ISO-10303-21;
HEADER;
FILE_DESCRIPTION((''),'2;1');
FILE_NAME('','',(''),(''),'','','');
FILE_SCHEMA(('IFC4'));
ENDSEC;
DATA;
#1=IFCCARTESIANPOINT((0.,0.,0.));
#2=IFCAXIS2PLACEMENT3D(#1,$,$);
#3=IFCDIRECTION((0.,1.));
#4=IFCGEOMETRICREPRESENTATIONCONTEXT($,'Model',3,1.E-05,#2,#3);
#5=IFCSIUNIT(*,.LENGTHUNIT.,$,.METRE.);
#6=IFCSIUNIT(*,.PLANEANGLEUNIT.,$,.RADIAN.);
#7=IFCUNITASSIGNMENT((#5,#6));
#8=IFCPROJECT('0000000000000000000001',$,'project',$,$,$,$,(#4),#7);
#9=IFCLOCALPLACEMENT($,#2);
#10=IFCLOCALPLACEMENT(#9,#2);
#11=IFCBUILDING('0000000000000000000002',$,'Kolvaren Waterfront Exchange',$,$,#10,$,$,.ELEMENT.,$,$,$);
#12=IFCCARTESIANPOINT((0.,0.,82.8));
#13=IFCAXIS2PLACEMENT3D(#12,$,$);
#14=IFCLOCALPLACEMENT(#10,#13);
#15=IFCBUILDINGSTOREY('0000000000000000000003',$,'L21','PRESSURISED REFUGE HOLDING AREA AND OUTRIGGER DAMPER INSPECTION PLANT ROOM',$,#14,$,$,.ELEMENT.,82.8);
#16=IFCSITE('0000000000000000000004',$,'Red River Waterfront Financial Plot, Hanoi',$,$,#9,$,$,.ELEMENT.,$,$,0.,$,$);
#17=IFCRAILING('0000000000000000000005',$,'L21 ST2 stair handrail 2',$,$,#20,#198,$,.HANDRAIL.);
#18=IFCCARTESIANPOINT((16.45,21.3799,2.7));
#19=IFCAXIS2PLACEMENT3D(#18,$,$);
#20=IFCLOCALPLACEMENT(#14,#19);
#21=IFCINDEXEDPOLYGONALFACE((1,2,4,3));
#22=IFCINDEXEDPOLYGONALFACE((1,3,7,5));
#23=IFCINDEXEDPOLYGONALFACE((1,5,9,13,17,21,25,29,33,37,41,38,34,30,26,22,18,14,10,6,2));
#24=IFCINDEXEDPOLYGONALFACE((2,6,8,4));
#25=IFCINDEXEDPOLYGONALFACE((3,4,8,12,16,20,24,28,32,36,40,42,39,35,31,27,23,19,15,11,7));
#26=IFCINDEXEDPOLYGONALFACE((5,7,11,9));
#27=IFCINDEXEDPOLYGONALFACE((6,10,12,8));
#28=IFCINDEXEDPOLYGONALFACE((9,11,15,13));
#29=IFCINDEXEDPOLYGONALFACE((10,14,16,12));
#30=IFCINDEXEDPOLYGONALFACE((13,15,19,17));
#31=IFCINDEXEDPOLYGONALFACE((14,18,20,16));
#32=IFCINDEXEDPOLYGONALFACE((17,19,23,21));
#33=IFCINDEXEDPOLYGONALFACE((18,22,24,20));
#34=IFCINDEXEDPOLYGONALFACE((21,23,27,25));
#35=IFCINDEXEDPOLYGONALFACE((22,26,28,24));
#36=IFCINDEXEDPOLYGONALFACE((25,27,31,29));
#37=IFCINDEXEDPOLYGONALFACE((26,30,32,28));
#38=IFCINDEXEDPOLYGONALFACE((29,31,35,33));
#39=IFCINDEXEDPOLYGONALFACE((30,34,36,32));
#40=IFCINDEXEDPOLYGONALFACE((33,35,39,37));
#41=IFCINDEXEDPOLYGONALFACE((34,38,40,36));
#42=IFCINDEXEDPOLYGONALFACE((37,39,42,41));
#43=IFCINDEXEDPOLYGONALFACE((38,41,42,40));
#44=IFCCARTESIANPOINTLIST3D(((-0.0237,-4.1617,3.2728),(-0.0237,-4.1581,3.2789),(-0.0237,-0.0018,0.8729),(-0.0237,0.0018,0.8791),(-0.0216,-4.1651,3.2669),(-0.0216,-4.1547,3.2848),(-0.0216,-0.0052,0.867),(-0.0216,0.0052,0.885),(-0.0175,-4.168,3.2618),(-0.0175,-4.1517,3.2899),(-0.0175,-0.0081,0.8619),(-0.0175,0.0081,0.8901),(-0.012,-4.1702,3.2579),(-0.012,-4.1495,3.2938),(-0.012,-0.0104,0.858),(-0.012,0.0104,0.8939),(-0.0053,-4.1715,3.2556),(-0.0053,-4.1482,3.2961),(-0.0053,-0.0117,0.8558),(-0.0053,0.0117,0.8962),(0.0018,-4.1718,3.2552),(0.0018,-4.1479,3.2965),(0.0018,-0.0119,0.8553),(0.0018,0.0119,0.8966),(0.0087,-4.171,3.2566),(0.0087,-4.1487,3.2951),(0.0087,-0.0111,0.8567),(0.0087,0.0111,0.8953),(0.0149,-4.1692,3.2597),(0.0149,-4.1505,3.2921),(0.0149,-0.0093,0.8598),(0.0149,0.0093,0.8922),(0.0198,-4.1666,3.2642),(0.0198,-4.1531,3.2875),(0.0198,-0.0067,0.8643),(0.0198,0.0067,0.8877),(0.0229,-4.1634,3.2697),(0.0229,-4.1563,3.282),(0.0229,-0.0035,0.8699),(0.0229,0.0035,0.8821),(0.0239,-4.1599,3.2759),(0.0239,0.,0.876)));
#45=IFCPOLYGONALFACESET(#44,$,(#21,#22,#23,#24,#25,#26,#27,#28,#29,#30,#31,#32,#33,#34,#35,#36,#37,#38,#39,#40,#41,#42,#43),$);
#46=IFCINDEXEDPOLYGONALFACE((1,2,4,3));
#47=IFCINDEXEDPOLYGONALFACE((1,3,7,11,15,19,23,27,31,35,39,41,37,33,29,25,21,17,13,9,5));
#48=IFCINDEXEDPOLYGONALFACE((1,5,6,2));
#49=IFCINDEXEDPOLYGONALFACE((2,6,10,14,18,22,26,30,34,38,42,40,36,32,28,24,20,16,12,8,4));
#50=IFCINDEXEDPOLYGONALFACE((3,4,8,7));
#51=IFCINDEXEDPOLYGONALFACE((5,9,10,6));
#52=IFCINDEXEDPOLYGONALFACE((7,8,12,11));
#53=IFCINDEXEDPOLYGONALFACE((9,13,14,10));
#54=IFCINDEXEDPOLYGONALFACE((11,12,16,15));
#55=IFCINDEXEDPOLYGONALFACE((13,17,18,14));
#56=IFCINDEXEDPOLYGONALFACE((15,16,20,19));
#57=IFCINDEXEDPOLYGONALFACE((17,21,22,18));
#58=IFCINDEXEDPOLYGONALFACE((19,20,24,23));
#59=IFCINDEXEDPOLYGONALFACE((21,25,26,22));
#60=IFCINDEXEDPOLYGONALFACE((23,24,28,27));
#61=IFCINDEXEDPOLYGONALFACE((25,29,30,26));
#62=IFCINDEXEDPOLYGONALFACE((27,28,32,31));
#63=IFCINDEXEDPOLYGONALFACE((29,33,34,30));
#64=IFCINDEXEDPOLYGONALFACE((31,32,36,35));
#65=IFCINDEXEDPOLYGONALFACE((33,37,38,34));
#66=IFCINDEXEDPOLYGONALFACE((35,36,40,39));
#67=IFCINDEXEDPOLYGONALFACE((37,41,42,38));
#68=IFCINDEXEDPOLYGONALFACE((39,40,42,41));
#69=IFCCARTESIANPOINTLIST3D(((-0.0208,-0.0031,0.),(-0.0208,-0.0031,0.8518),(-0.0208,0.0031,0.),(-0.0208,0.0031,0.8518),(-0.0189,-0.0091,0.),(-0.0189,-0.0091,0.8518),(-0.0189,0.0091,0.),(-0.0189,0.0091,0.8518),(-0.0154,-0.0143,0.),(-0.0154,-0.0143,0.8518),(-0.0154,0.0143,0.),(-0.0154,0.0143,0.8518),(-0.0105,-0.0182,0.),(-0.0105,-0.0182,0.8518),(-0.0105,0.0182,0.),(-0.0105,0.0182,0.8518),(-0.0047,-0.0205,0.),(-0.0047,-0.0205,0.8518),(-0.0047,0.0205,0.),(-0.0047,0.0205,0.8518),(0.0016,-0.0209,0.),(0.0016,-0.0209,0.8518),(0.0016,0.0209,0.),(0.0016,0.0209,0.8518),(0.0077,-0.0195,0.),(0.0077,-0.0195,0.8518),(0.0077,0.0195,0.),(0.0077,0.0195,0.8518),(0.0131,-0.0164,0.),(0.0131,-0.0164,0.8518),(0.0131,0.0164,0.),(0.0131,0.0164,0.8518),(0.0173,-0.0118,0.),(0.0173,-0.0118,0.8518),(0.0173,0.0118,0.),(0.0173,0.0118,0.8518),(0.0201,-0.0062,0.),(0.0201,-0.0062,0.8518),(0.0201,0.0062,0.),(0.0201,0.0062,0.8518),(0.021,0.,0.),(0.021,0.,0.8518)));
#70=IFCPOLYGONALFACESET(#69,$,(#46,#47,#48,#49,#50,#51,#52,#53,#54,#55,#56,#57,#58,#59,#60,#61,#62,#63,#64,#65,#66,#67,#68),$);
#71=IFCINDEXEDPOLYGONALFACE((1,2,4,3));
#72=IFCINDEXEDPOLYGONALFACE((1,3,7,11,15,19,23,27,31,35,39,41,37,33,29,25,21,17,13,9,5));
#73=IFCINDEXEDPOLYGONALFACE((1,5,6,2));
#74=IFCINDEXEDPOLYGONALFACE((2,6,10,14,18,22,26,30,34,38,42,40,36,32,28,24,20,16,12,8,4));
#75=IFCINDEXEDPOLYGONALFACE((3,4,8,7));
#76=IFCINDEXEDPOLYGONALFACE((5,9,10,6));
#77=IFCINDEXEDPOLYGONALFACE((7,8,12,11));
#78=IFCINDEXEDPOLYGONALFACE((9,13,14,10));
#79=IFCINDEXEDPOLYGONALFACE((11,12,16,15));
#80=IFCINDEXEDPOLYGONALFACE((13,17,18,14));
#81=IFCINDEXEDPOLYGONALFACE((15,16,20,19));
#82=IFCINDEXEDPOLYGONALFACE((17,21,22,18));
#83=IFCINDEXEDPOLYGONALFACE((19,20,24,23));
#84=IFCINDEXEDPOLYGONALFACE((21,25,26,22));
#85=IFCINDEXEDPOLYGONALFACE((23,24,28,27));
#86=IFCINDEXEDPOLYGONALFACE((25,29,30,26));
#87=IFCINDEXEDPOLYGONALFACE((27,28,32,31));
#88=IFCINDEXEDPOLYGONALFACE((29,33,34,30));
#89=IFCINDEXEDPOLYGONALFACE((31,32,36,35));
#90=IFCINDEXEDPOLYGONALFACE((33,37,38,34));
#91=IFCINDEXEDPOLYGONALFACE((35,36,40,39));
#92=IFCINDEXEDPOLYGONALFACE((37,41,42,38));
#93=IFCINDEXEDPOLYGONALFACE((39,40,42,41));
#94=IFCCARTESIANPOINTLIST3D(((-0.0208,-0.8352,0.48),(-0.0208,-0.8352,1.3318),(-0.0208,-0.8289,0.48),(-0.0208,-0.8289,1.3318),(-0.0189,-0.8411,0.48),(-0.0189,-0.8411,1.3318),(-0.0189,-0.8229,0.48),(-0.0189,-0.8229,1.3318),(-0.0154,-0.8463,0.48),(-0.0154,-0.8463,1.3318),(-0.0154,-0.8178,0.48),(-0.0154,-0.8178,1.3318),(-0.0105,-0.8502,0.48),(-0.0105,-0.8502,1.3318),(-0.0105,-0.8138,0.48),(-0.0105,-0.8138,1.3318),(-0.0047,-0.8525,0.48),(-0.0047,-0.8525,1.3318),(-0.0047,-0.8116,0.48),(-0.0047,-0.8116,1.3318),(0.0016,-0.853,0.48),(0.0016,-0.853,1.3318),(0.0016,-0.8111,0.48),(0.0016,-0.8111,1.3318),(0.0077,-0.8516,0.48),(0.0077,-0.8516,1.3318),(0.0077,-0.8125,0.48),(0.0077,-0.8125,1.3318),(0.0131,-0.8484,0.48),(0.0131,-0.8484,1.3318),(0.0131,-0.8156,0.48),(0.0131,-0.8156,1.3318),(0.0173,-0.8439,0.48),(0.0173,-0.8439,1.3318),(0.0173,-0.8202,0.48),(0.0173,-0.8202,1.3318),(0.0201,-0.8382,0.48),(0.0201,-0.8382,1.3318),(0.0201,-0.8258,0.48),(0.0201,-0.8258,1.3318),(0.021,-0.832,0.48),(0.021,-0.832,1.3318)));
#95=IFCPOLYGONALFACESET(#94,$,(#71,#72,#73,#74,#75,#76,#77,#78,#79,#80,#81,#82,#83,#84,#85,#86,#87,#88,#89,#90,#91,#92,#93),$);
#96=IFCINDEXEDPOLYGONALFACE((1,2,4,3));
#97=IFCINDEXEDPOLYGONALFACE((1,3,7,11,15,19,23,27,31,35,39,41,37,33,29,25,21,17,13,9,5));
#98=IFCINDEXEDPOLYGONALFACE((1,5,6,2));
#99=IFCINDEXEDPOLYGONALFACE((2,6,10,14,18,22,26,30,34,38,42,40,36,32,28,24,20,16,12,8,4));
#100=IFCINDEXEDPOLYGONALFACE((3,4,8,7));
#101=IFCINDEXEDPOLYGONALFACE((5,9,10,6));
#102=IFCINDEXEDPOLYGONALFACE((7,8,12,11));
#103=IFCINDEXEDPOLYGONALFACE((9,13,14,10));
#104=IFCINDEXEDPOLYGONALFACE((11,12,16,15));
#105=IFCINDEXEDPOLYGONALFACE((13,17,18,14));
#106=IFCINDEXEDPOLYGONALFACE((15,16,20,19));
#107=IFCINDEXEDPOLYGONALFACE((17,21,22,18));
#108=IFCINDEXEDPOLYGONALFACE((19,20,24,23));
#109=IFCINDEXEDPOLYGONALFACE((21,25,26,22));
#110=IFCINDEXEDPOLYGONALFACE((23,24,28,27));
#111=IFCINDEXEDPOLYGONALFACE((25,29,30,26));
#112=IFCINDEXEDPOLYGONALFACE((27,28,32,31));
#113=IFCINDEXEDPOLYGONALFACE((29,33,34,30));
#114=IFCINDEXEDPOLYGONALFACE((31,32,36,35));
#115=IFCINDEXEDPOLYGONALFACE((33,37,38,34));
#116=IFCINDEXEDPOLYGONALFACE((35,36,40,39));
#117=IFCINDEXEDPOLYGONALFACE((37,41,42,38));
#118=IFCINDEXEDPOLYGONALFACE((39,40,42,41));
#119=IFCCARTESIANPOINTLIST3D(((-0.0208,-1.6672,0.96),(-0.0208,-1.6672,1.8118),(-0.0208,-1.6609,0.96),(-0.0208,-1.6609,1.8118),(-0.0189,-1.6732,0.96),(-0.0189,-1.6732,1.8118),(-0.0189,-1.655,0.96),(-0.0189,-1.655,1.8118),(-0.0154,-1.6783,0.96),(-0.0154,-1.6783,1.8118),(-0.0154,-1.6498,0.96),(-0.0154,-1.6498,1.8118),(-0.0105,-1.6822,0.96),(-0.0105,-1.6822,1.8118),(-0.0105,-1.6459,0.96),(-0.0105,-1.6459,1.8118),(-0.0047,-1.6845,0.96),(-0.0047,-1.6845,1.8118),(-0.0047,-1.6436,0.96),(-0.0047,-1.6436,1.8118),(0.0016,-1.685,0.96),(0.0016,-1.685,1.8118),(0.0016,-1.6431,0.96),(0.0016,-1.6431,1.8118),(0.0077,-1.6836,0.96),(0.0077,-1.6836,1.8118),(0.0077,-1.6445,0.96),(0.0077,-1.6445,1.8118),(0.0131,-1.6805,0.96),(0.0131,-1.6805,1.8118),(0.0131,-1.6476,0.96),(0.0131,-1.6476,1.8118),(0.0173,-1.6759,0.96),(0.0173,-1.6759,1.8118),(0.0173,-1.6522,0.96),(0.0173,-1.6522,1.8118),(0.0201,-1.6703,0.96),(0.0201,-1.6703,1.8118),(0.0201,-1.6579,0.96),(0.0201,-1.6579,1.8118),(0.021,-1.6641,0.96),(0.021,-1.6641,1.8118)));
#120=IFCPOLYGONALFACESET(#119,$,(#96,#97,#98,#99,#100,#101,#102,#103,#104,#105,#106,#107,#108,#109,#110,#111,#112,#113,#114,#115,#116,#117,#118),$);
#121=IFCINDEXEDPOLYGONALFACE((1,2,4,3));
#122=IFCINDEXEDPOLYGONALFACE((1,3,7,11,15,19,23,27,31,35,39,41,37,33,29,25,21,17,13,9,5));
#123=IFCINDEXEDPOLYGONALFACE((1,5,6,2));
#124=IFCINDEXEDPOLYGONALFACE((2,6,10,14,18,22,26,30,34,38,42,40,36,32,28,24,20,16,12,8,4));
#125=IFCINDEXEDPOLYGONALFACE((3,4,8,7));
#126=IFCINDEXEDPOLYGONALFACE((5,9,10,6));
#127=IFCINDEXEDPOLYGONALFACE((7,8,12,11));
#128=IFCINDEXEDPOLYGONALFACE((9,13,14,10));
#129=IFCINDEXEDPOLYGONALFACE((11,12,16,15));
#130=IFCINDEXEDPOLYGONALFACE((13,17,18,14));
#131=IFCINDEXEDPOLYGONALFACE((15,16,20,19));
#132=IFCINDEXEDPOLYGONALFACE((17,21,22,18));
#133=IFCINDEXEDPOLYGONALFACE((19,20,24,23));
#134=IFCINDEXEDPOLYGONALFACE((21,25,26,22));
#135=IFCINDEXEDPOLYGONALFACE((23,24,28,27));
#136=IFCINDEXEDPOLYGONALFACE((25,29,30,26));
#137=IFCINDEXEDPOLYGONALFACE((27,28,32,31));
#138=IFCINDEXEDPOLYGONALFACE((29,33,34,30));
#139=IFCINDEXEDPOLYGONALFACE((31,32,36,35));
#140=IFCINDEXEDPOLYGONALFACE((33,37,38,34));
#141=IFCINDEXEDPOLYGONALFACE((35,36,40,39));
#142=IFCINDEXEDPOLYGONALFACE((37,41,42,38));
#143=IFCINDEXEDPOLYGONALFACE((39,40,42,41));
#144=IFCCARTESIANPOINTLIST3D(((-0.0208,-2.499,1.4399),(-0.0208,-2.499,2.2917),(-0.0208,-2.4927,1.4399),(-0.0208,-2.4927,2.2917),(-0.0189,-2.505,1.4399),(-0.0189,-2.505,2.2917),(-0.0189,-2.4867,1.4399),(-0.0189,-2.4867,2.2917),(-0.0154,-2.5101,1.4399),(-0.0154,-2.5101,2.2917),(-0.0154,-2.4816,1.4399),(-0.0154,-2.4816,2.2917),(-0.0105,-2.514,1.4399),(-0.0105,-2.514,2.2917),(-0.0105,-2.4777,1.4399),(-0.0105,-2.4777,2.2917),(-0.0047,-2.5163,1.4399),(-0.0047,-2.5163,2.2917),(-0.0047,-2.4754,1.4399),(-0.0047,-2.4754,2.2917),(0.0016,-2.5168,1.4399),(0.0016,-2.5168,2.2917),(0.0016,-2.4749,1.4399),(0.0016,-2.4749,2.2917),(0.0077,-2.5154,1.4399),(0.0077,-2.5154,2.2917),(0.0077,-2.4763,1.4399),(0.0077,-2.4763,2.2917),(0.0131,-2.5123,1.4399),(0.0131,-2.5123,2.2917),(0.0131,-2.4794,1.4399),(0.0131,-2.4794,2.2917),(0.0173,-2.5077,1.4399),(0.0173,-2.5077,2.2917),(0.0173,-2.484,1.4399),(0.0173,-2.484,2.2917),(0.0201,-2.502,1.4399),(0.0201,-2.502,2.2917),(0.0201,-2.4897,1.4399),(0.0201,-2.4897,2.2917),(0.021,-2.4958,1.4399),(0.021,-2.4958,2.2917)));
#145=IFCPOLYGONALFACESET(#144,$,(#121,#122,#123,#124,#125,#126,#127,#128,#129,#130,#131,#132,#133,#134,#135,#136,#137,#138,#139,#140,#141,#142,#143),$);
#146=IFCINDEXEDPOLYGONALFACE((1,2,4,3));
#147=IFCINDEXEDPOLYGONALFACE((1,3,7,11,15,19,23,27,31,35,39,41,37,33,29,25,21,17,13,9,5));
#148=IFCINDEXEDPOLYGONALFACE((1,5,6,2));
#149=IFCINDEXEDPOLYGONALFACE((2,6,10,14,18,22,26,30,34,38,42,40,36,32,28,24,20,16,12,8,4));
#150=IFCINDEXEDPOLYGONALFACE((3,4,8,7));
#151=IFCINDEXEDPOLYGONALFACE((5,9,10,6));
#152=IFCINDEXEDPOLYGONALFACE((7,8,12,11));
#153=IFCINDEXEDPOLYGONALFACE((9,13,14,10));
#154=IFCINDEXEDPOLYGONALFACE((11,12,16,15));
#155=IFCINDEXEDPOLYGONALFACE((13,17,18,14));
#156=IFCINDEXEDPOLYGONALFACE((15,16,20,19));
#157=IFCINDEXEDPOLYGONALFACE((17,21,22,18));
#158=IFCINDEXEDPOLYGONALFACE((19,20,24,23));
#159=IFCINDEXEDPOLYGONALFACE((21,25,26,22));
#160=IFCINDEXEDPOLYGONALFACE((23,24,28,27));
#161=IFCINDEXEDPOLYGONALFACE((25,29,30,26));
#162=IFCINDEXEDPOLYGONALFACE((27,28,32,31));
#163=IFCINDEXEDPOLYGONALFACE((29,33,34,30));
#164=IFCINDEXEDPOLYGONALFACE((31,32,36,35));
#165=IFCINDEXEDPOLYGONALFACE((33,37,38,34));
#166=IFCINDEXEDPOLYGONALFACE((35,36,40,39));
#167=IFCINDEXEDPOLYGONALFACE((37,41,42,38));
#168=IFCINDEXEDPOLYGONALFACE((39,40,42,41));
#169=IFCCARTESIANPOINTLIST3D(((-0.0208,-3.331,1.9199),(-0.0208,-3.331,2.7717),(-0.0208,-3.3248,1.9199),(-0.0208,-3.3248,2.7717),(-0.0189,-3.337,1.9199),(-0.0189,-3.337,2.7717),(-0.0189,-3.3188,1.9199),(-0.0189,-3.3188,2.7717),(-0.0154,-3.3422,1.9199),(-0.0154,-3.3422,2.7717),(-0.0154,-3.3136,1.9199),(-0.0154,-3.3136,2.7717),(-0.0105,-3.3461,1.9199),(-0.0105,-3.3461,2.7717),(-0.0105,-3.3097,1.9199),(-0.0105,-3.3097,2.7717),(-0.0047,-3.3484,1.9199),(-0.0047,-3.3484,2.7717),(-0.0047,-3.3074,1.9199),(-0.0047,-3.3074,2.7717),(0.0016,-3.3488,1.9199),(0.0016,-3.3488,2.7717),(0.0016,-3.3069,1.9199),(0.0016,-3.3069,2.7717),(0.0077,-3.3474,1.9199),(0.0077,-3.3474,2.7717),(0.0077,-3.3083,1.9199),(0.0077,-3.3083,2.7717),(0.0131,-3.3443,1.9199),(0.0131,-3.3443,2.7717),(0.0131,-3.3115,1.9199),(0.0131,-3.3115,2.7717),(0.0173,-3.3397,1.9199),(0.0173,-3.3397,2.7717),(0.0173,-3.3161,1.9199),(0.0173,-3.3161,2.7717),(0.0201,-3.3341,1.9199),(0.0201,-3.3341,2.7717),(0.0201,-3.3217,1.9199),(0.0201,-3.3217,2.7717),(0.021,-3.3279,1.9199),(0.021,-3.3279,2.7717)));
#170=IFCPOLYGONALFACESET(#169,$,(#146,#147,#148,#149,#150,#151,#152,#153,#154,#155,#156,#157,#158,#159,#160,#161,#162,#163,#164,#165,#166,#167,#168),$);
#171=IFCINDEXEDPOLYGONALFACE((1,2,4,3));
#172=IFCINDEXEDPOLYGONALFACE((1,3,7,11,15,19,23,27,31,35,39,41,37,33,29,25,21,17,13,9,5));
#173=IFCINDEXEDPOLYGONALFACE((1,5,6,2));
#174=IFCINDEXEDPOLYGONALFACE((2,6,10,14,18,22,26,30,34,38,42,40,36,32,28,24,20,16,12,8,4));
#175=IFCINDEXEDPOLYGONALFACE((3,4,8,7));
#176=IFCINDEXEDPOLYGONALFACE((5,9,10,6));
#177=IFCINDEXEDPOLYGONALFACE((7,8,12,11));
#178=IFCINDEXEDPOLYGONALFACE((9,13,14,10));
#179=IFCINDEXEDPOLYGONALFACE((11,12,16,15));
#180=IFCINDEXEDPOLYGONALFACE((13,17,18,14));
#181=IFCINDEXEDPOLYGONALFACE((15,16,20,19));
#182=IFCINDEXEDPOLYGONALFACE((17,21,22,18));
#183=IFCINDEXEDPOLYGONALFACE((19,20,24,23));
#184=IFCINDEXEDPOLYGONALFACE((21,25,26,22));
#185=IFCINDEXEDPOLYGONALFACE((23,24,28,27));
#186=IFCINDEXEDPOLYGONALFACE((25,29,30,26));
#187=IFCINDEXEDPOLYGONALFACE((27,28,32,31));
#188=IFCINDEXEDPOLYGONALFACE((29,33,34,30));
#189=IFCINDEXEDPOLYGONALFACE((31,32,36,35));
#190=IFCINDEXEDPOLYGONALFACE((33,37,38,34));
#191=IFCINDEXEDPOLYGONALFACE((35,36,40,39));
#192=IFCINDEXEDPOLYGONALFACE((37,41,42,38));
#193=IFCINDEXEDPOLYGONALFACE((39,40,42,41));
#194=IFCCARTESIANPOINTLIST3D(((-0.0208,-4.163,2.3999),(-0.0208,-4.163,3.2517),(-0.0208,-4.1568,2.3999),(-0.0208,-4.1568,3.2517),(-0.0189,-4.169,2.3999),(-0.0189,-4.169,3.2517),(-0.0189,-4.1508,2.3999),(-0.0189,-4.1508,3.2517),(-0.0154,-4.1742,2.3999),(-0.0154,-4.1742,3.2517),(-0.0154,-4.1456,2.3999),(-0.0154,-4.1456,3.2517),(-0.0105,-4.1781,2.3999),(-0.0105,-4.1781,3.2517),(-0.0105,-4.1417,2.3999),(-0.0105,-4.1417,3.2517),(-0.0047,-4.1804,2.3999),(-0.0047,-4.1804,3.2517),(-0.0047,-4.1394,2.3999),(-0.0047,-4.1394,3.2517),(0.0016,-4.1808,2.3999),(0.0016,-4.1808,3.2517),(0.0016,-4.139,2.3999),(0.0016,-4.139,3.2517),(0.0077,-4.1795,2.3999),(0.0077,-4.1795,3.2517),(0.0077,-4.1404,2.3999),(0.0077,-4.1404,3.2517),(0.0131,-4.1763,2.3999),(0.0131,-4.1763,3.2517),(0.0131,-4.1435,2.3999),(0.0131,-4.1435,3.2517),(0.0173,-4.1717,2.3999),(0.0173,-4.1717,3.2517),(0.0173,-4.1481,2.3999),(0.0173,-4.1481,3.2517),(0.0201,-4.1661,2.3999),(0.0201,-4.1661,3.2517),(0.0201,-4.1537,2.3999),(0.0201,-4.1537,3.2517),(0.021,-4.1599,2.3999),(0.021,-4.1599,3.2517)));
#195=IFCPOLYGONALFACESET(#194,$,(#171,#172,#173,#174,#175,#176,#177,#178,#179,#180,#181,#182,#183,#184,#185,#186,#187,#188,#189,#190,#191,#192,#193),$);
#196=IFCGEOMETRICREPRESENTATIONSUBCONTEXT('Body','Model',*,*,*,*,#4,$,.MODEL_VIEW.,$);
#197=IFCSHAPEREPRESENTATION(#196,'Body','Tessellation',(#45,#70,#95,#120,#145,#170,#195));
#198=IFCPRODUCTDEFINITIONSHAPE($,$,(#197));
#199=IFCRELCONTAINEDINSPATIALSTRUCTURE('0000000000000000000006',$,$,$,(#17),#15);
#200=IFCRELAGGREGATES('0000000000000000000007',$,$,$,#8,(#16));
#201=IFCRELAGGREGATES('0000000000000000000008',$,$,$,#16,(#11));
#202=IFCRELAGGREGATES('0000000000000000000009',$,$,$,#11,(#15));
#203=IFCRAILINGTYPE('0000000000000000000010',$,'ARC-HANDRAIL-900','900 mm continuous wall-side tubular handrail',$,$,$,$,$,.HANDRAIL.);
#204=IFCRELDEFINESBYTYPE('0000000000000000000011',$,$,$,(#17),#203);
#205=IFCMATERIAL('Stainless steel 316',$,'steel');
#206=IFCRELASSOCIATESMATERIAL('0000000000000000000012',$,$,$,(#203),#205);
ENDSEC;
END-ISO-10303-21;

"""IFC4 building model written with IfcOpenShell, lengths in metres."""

from ifc_helpers import new_model, si_unit, direction, frame, origin, origin_2d, place, context, subcontext, project, spatial, circle, extrude, material, type_object, element, save


model = new_model("IFC4")

# Units and contexts
model_context = context("Model", 3, precision=1e-05, world=origin(), true_north=direction((0.0, 1.0)))
body_context = subcontext(model_context, "Body", "Model", "MODEL_VIEW")
ifc_project = project(units=[si_unit("LENGTHUNIT", "METRE"), si_unit("PLANEANGLEUNIT", "RADIAN")], contexts=[model_context])

# Site, building, storey
site_placement = place(None, origin())
site = spatial("IfcSite", under=ifc_project, at=site_placement, Name="Red River Waterfront Financial Plot, Hanoi", CompositionType="ELEMENT", RefElevation=0.0)
building_placement = place(site_placement, origin())
building = spatial("IfcBuilding", under=site, at=building_placement, Name="Kolvaren Waterfront Exchange", CompositionType="ELEMENT")
storey_placement = place(building_placement, frame((0.0, 0.0, 82.8)))
storey = spatial("IfcBuildingStorey", under=building, at=storey_placement, Name="L21", Description="PRESSURISED REFUGE HOLDING AREA AND OUTRIGGER DAMPER INSPECTION PLANT ROOM", CompositionType="ELEMENT", Elevation=82.8)

# Railing
ifc_material_1 = material(Name="Stainless steel 316", Category="steel")
railing_type_1 = type_object("IfcRailingType", Name="ARC-HANDRAIL-900", Description="900 mm continuous wall-side tubular handrail", PredefinedType="HANDRAIL", material=ifc_material_1)
railing_1_placement = place(storey_placement, frame((16.45, 21.3799, 2.7)))
element("IfcRailing", 1, at=railing_1_placement, inside=storey, type_object=railing_type_1, Name="L21 ST2 stair handrail 2", PredefinedType="HANDRAIL", context=body_context, shape_type="SweptSolid", body=[
    extrude(circle(Radius=0.0239, at=origin_2d()), frame((0.0, 0.0, 0.876), z_axis=(0.0, -0.86619, 0.499715), x_axis=(1.0, 0.0, 0.0)), (0.0, 0.0, 1.0), 4.8025),
    extrude(circle(Radius=0.021, at=origin_2d()), origin(), (0.0, 0.0, 1.0), 0.8518),
    extrude(circle(Radius=0.021, at=origin_2d()), frame((0.0, -0.832, 0.48)), (0.0, 0.0, 1.0), 0.8518),
    extrude(circle(Radius=0.021, at=origin_2d()), frame((0.0, -1.6641, 0.96)), (0.0, 0.0, 1.0), 0.8518),
    extrude(circle(Radius=0.021, at=origin_2d()), frame((0.0, -2.4958, 1.4399)), (0.0, 0.0, 1.0), 0.8518),
    extrude(circle(Radius=0.021, at=origin_2d()), frame((0.0, -3.3279, 1.9199)), (0.0, 0.0, 1.0), 0.8518),
    extrude(circle(Radius=0.021, at=origin_2d()), frame((0.0, -4.1599, 2.3999)), (0.0, 0.0, 1.0), 0.8518),
])

save(model, "model.ifc")
